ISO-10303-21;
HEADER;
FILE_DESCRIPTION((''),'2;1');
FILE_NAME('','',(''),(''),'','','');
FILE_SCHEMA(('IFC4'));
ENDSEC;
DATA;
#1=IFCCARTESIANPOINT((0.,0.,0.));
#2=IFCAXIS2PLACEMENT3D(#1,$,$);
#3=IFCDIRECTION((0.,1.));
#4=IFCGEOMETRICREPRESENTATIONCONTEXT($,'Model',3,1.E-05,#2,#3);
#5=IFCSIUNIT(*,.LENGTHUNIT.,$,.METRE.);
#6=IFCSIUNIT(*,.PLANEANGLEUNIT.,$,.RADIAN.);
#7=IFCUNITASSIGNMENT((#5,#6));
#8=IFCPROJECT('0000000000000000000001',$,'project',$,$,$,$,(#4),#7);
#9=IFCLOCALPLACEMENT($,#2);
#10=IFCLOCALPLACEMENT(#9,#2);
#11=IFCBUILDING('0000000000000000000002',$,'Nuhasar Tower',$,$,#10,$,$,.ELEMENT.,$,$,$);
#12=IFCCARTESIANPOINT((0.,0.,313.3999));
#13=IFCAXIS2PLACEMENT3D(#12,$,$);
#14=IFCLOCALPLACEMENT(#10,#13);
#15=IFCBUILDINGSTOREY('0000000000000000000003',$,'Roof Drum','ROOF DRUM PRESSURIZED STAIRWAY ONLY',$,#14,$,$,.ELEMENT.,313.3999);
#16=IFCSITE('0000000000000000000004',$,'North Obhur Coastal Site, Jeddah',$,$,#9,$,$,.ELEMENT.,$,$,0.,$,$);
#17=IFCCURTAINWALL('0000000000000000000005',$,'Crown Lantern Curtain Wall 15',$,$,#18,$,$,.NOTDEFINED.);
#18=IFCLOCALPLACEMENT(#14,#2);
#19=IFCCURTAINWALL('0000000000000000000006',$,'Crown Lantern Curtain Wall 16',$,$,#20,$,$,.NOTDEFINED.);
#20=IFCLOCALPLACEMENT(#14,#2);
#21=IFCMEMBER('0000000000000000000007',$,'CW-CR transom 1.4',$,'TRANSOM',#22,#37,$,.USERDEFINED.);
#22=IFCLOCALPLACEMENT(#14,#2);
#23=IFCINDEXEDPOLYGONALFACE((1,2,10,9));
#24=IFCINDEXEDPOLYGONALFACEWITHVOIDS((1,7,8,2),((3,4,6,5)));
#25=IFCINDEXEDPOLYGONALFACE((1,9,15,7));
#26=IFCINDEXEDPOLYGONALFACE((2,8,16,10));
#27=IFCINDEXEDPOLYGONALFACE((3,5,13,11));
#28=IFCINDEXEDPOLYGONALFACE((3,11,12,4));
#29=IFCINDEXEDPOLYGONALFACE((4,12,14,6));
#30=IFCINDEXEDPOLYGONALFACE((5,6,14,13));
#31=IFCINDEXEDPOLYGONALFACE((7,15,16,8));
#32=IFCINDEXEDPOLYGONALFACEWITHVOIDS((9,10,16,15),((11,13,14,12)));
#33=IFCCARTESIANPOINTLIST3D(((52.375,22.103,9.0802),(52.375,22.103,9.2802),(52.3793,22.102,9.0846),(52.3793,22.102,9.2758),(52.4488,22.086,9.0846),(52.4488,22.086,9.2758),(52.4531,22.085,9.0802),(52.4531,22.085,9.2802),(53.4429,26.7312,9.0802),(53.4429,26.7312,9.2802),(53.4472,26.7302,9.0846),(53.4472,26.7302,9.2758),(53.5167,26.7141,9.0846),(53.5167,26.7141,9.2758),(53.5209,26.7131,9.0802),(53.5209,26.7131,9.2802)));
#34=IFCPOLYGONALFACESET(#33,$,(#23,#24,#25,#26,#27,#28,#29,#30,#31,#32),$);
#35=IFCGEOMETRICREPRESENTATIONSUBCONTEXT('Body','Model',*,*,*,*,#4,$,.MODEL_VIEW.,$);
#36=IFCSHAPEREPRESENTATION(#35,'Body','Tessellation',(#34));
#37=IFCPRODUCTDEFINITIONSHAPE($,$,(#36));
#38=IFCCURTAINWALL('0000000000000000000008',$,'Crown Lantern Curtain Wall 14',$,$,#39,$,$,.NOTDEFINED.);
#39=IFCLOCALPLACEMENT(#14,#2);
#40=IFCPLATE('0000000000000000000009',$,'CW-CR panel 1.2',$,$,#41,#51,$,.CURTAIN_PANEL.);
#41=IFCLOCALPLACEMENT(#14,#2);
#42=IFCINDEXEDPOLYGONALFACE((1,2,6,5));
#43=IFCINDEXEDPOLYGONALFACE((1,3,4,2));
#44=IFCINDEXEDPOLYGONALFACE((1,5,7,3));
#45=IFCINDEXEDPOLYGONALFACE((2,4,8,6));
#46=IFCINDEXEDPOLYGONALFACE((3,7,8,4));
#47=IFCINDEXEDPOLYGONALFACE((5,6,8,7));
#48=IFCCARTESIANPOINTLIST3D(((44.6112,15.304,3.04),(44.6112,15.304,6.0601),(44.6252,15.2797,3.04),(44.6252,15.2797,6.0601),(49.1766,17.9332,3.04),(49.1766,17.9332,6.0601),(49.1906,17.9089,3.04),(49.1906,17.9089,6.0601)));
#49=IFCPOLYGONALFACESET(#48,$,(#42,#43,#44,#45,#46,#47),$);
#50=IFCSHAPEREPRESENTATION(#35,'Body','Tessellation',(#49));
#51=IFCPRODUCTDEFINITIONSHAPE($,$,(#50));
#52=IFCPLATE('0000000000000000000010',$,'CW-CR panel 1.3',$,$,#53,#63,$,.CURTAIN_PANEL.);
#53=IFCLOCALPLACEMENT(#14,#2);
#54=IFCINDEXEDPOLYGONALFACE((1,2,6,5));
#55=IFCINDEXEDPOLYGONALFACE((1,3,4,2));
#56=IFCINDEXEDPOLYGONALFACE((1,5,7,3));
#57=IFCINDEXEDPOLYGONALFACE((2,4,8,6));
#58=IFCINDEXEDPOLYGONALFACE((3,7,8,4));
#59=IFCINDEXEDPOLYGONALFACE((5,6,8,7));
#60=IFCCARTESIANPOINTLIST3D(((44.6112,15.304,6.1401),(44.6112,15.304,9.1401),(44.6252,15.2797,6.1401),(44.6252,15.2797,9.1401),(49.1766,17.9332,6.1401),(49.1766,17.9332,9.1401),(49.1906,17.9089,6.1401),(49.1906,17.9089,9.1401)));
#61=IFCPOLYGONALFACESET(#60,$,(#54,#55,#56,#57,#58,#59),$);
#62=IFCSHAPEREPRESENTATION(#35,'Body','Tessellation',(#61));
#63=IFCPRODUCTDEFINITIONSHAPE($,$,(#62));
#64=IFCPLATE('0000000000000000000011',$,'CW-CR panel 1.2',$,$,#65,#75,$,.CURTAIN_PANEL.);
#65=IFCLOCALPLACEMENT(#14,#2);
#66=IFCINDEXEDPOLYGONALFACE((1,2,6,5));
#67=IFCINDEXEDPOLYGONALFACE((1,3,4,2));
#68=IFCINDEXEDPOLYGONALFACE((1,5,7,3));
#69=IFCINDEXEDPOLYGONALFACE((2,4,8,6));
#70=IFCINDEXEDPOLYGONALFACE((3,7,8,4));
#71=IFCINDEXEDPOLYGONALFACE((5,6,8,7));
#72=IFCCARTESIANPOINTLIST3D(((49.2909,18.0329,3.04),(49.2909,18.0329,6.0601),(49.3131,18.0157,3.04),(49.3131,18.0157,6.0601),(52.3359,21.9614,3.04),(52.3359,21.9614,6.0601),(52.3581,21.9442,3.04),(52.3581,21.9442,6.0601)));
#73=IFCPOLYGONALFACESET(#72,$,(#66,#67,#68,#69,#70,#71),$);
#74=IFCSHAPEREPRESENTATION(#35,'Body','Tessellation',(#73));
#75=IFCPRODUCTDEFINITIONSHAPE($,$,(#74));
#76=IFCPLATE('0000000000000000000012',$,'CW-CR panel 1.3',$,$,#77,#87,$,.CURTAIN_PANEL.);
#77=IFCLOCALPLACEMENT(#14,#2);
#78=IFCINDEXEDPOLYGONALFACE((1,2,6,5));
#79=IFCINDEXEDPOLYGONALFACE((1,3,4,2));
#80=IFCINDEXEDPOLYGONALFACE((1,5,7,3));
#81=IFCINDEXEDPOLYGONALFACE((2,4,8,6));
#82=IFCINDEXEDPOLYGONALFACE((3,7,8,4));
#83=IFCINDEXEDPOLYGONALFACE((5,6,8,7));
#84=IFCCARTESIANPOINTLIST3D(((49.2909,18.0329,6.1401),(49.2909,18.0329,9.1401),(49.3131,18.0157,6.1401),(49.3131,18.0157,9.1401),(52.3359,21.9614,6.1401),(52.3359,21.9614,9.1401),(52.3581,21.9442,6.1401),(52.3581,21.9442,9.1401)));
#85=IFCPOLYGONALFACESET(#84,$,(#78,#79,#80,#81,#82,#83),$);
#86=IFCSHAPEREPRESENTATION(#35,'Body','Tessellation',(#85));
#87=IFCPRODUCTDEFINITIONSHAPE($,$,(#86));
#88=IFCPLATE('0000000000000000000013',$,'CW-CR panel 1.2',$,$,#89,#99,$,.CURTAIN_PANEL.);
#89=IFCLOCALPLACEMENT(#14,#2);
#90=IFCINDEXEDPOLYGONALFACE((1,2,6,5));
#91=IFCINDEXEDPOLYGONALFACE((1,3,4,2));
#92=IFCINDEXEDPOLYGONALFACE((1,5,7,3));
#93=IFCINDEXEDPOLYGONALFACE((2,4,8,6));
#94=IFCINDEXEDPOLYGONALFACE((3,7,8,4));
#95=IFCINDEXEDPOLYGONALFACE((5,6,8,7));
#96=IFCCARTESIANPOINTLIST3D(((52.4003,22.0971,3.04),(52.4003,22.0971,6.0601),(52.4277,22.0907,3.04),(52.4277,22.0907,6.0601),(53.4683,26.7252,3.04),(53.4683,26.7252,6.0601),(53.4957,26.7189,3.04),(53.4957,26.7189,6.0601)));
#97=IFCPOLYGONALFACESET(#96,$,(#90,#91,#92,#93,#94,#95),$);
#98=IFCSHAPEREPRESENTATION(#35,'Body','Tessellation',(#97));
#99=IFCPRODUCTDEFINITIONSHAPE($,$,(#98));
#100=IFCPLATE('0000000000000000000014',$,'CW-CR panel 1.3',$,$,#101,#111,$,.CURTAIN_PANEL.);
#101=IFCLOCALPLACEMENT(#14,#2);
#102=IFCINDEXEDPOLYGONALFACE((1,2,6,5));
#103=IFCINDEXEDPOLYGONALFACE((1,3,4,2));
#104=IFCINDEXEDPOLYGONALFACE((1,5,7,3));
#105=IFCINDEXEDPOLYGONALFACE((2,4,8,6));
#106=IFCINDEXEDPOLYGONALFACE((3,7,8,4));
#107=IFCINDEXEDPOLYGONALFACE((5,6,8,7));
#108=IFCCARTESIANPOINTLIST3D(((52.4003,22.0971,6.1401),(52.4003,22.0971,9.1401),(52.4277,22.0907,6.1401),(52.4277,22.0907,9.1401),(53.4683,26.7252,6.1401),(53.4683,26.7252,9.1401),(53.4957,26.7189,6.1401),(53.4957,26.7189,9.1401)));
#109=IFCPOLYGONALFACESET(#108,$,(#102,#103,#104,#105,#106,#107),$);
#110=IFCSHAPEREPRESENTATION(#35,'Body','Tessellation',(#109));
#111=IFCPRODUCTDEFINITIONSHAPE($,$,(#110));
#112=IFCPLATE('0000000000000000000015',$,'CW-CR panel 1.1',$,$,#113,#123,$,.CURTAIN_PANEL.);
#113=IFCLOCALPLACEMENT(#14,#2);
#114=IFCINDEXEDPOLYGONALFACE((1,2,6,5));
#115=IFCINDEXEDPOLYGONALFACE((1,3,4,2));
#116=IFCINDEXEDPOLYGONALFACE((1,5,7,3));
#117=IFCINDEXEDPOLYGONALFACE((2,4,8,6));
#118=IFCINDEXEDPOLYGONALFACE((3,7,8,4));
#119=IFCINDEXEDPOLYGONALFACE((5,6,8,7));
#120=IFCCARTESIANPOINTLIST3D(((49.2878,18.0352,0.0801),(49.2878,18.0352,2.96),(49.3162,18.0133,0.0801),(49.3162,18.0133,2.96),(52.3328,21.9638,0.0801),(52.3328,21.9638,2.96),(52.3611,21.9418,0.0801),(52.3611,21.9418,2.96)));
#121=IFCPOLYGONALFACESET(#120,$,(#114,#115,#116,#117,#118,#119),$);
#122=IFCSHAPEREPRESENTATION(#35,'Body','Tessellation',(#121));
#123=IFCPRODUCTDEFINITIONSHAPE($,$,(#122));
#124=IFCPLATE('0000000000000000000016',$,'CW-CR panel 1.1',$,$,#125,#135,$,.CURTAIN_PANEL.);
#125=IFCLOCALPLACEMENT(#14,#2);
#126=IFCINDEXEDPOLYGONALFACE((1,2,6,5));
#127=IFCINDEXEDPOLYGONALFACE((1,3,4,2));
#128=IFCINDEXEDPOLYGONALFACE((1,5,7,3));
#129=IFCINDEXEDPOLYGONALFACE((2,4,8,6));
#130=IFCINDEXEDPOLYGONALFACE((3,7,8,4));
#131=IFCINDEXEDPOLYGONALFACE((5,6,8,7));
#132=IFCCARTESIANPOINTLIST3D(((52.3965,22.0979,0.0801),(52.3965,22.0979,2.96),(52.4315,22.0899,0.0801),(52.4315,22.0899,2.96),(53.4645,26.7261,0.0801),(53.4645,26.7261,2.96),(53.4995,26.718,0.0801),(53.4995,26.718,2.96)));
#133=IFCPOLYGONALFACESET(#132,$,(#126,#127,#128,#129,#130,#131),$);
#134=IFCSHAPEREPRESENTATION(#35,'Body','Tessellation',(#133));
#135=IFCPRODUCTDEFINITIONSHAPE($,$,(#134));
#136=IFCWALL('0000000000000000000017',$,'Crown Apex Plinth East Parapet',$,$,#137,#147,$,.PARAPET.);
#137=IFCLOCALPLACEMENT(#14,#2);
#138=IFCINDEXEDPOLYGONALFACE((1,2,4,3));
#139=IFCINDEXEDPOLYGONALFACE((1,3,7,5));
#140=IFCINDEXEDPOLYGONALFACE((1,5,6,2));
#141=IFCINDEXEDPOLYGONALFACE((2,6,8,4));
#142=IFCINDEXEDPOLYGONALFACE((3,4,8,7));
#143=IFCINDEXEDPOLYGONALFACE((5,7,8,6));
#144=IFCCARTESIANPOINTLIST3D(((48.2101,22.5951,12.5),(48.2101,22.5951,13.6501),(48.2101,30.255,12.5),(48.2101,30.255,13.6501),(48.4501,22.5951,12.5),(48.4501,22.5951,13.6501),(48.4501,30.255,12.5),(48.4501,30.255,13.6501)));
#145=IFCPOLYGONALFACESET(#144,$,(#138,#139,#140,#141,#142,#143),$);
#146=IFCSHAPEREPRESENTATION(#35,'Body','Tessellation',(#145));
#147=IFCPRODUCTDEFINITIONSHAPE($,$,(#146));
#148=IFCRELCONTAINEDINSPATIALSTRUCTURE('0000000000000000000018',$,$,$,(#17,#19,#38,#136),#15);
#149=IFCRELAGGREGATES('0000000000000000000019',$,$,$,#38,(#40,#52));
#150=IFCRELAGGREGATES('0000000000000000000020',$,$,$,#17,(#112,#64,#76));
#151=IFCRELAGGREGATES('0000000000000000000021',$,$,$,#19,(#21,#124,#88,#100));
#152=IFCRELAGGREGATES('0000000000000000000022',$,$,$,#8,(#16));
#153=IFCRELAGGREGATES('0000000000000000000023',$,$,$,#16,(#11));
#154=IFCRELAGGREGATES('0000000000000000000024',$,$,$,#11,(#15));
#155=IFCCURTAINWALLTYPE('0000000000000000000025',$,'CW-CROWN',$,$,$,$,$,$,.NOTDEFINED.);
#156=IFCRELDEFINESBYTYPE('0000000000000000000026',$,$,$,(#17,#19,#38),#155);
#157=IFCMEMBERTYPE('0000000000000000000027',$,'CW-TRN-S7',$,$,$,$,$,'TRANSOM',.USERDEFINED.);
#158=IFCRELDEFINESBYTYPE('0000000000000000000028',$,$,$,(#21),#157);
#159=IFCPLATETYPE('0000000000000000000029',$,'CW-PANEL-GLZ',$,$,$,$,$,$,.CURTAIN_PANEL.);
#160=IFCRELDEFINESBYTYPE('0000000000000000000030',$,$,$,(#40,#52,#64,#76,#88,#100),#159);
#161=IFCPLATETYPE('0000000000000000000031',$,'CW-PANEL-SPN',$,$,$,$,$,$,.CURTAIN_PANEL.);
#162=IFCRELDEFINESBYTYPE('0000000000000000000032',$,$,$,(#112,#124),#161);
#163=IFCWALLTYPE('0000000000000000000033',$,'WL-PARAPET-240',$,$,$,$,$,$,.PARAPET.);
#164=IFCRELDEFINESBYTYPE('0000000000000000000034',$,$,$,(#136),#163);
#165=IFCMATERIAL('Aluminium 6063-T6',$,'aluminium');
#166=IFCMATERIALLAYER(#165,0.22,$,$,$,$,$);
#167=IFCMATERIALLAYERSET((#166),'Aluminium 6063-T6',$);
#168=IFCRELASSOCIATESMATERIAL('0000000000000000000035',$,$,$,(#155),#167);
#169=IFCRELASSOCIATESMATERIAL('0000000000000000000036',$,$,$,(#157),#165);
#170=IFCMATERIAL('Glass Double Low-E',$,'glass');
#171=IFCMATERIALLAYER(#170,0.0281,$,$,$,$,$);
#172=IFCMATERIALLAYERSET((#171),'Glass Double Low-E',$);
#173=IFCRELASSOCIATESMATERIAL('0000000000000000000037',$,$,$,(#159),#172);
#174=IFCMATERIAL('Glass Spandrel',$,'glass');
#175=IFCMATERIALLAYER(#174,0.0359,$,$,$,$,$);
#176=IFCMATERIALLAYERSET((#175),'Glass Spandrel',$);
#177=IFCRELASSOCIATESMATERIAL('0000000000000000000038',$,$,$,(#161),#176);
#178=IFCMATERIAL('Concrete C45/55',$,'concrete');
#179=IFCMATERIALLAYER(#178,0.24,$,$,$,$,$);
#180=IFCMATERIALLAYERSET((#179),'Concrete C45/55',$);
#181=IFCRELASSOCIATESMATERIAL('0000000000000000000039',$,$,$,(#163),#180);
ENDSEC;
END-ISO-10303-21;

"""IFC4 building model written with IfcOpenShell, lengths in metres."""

from ifc_helpers import new_model, si_unit, direction, frame, frame_2d, origin, origin_2d, place, context, subcontext, project, spatial, rectangle, hollow_rectangle, extrude, material, layer, layer_set, material_profile, profile_set, type_object, element, aggregate, save


model = new_model("IFC4")

# Units and contexts
model_context = context("Model", 3, precision=1e-05, world=origin(), true_north=direction((0.0, 1.0)))
body_context = subcontext(model_context, "Body", "Model", "MODEL_VIEW")
ifc_project = project(units=[si_unit("LENGTHUNIT", "METRE"), si_unit("PLANEANGLEUNIT", "RADIAN")], contexts=[model_context])

# Site, building, storey
site_placement = place(None, origin())
site = spatial("IfcSite", under=ifc_project, at=site_placement, Name="North Obhur Coastal Site, Jeddah", CompositionType="ELEMENT", RefElevation=0.0)
building_placement = place(site_placement, origin())
building = spatial("IfcBuilding", under=site, at=building_placement, Name="Nuhasar Tower", CompositionType="ELEMENT")
storey_placement = place(building_placement, frame((0.0, 0.0, 313.3999)))
storey = spatial("IfcBuildingStorey", under=building, at=storey_placement, Name="Roof Drum", Description="ROOF DRUM PRESSURIZED STAIRWAY ONLY", CompositionType="ELEMENT", Elevation=313.3999)

# Curtain walls, member
ifc_material_1 = material(Name="Aluminium 6063-T6", Category="aluminium")
ifc_layer_1 = layer(ifc_material_1, 0.22)
ifc_layer_set_1 = layer_set([ifc_layer_1], Name="Aluminium 6063-T6")
curtain_wall_type = type_object("IfcCurtainWallType", Name="CW-CROWN", PredefinedType="NOTDEFINED", material=ifc_layer_set_1)
curtain_wall_1_placement = place(storey_placement, origin())
curtain_wall_1 = element("IfcCurtainWall", 1, at=curtain_wall_1_placement, inside=storey, type_object=curtain_wall_type, Name="Crown Lantern Curtain Wall 15", PredefinedType="NOTDEFINED")
ifc_material_profile_1 = material_profile(ifc_material_1, hollow_rectangle(XDim=0.0801, YDim=0.2, WallThickness=0.0044, at=origin_2d()), Name="CWT-7")
ifc_profile_set_1 = profile_set([ifc_material_profile_1], Name="Aluminium 6063-T6")
member_type_1 = type_object("IfcMemberType", Name="CW-TRN-S7", ElementType="TRANSOM", PredefinedType="USERDEFINED", material=ifc_profile_set_1)
curtain_wall_2_placement = place(storey_placement, origin())
curtain_wall_2 = element("IfcCurtainWall", 2, at=curtain_wall_2_placement, inside=storey, type_object=curtain_wall_type, Name="Crown Lantern Curtain Wall 16", PredefinedType="NOTDEFINED")
member_1_placement = place(storey_placement, frame((52.4141, 22.094, 9.1802), z_axis=(0.224826, 0.974399, 0.0), x_axis=(-0.974399, 0.224826, 0.0)))
member_1 = element("IfcMember", 3, at=member_1_placement, type_object=member_type_1, Name="CW-CR transom 1.4", ObjectType="TRANSOM", PredefinedType="USERDEFINED", context=body_context, shape_type="SweptSolid", body=[
    extrude(hollow_rectangle(XDim=0.0801, YDim=0.2, WallThickness=0.0044, at=origin_2d()), origin(), (0.0, 0.0, 1.0), 4.7498),
])

# Curtain wall, plates
curtain_wall_3_placement = place(storey_placement, origin())
curtain_wall_3 = element("IfcCurtainWall", 4, at=curtain_wall_3_placement, inside=storey, type_object=curtain_wall_type, Name="Crown Lantern Curtain Wall 14", PredefinedType="NOTDEFINED")
ifc_material_2 = material(Name="Glass Double Low-E", Category="glass")
ifc_layer_2 = layer(ifc_material_2, 0.0281)
ifc_layer_set_2 = layer_set([ifc_layer_2], Name="Glass Double Low-E")
plate_type_1 = type_object("IfcPlateType", Name="CW-PANEL-GLZ", PredefinedType="CURTAIN_PANEL", material=ifc_layer_set_2)
plate_1_placement = place(storey_placement, frame((46.9009, 16.6064, 3.04), z_axis=(0.0, 0.0, 1.0), x_axis=(0.866572, 0.499052, 0.0)))
plate_1 = element("IfcPlate", 5, at=plate_1_placement, type_object=plate_type_1, Name="CW-CR panel 1.2", PredefinedType="CURTAIN_PANEL", context=body_context, shape_type="SweptSolid", body=[
    extrude(rectangle(XDim=5.2683, YDim=0.0281, at=origin_2d()), origin(), (0.0, 0.0, 1.0), 3.02),
])
plate_2_placement = place(storey_placement, frame((46.9009, 16.6064, 6.1401), z_axis=(0.0, 0.0, 1.0), x_axis=(0.866572, 0.499052, 0.0)))
plate_2 = element("IfcPlate", 6, at=plate_2_placement, type_object=plate_type_1, Name="CW-CR panel 1.3", PredefinedType="CURTAIN_PANEL", context=body_context, shape_type="SweptSolid", body=[
    extrude(rectangle(XDim=5.2683, YDim=0.0281, at=origin_2d()), origin(), (0.0, 0.0, 1.0), 3.0),
])
aggregate(curtain_wall_3, [plate_1, plate_2])

# Plates
plate_3_placement = place(storey_placement, frame((50.8245, 19.9885, 3.04), z_axis=(0.0, 0.0, 1.0), x_axis=(0.612617, 0.79038, 0.0)))
plate_3 = element("IfcPlate", 7, at=plate_3_placement, type_object=plate_type_1, Name="CW-CR panel 1.2", PredefinedType="CURTAIN_PANEL", context=body_context, shape_type="SweptSolid", body=[
    extrude(rectangle(XDim=4.9705, YDim=0.0281, at=origin_2d()), origin(), (0.0, 0.0, 1.0), 3.02),
])
plate_4_placement = place(storey_placement, frame((50.8245, 19.9885, 6.1401), z_axis=(0.0, 0.0, 1.0), x_axis=(0.612617, 0.79038, 0.0)))
plate_4 = element("IfcPlate", 8, at=plate_4_placement, type_object=plate_type_1, Name="CW-CR panel 1.3", PredefinedType="CURTAIN_PANEL", context=body_context, shape_type="SweptSolid", body=[
    extrude(rectangle(XDim=4.9705, YDim=0.0281, at=origin_2d()), origin(), (0.0, 0.0, 1.0), 3.0),
])
plate_5_placement = place(storey_placement, frame((52.948, 24.408, 3.04), z_axis=(0.0, 0.0, 1.0), x_axis=(0.22486, 0.974391, 0.0)))
plate_5 = element("IfcPlate", 9, at=plate_5_placement, type_object=plate_type_1, Name="CW-CR panel 1.2", PredefinedType="CURTAIN_PANEL", context=body_context, shape_type="SweptSolid", body=[
    extrude(rectangle(XDim=4.7498, YDim=0.0281, at=origin_2d()), origin(), (0.0, 0.0, 1.0), 3.02),
])
plate_6_placement = place(storey_placement, frame((52.948, 24.408, 6.1401), z_axis=(0.0, 0.0, 1.0), x_axis=(0.22486, 0.974391, 0.0)))
plate_6 = element("IfcPlate", 10, at=plate_6_placement, type_object=plate_type_1, Name="CW-CR panel 1.3", PredefinedType="CURTAIN_PANEL", context=body_context, shape_type="SweptSolid", body=[
    extrude(rectangle(XDim=4.7498, YDim=0.0281, at=origin_2d()), origin(), (0.0, 0.0, 1.0), 3.0),
])
ifc_material_3 = material(Name="Glass Spandrel", Category="glass")
ifc_layer_3 = layer(ifc_material_3, 0.0359)
ifc_layer_set_3 = layer_set([ifc_layer_3], Name="Glass Spandrel")
plate_type_2 = type_object("IfcPlateType", Name="CW-PANEL-SPN", PredefinedType="CURTAIN_PANEL", material=ifc_layer_set_3)
plate_7_placement = place(storey_placement, frame((50.8245, 19.9885, 0.0801), z_axis=(0.0, 0.0, 1.0), x_axis=(0.612617, 0.79038, 0.0)))
plate_7 = element("IfcPlate", 11, at=plate_7_placement, type_object=plate_type_2, Name="CW-CR panel 1.1", PredefinedType="CURTAIN_PANEL", context=body_context, shape_type="SweptSolid", body=[
    extrude(rectangle(XDim=4.9705, YDim=0.0359, at=origin_2d()), origin(), (0.0, 0.0, 1.0), 2.8799),
])
aggregate(curtain_wall_1, [plate_7, plate_3, plate_4])
plate_8_placement = place(storey_placement, frame((52.948, 24.408, 0.0801), z_axis=(0.0, 0.0, 1.0), x_axis=(0.22486, 0.974391, 0.0)))
plate_8 = element("IfcPlate", 12, at=plate_8_placement, type_object=plate_type_2, Name="CW-CR panel 1.1", PredefinedType="CURTAIN_PANEL", context=body_context, shape_type="SweptSolid", body=[
    extrude(rectangle(XDim=4.7498, YDim=0.0359, at=origin_2d()), origin(), (0.0, 0.0, 1.0), 2.8799),
])
aggregate(curtain_wall_2, [member_1, plate_8, plate_5, plate_6])

# Wall
ifc_material_4 = material(Name="Concrete C45/55", Category="concrete")
ifc_layer_4 = layer(ifc_material_4, 0.24)
ifc_layer_set_4 = layer_set([ifc_layer_4], Name="Concrete C45/55")
wall_type = type_object("IfcWallType", Name="WL-PARAPET-240", PredefinedType="PARAPET", material=ifc_layer_set_4)
wall_placement = place(storey_placement, frame((48.3301, 22.595, 12.5), z_axis=(0.0, 0.0, 1.0), x_axis=(0.0, 1.0, 0.0)))
element("IfcWall", 13, at=wall_placement, inside=storey, type_object=wall_type, Name="Crown Apex Plinth East Parapet", PredefinedType="PARAPET", context=body_context, shape_type="SweptSolid", body=[
    extrude(rectangle(XDim=7.6599, YDim=0.24, at=frame_2d((3.8301, 0.0))), origin(), (0.0, 0.0, 1.0), 1.1501),
])

save(model, "model.ifc")
